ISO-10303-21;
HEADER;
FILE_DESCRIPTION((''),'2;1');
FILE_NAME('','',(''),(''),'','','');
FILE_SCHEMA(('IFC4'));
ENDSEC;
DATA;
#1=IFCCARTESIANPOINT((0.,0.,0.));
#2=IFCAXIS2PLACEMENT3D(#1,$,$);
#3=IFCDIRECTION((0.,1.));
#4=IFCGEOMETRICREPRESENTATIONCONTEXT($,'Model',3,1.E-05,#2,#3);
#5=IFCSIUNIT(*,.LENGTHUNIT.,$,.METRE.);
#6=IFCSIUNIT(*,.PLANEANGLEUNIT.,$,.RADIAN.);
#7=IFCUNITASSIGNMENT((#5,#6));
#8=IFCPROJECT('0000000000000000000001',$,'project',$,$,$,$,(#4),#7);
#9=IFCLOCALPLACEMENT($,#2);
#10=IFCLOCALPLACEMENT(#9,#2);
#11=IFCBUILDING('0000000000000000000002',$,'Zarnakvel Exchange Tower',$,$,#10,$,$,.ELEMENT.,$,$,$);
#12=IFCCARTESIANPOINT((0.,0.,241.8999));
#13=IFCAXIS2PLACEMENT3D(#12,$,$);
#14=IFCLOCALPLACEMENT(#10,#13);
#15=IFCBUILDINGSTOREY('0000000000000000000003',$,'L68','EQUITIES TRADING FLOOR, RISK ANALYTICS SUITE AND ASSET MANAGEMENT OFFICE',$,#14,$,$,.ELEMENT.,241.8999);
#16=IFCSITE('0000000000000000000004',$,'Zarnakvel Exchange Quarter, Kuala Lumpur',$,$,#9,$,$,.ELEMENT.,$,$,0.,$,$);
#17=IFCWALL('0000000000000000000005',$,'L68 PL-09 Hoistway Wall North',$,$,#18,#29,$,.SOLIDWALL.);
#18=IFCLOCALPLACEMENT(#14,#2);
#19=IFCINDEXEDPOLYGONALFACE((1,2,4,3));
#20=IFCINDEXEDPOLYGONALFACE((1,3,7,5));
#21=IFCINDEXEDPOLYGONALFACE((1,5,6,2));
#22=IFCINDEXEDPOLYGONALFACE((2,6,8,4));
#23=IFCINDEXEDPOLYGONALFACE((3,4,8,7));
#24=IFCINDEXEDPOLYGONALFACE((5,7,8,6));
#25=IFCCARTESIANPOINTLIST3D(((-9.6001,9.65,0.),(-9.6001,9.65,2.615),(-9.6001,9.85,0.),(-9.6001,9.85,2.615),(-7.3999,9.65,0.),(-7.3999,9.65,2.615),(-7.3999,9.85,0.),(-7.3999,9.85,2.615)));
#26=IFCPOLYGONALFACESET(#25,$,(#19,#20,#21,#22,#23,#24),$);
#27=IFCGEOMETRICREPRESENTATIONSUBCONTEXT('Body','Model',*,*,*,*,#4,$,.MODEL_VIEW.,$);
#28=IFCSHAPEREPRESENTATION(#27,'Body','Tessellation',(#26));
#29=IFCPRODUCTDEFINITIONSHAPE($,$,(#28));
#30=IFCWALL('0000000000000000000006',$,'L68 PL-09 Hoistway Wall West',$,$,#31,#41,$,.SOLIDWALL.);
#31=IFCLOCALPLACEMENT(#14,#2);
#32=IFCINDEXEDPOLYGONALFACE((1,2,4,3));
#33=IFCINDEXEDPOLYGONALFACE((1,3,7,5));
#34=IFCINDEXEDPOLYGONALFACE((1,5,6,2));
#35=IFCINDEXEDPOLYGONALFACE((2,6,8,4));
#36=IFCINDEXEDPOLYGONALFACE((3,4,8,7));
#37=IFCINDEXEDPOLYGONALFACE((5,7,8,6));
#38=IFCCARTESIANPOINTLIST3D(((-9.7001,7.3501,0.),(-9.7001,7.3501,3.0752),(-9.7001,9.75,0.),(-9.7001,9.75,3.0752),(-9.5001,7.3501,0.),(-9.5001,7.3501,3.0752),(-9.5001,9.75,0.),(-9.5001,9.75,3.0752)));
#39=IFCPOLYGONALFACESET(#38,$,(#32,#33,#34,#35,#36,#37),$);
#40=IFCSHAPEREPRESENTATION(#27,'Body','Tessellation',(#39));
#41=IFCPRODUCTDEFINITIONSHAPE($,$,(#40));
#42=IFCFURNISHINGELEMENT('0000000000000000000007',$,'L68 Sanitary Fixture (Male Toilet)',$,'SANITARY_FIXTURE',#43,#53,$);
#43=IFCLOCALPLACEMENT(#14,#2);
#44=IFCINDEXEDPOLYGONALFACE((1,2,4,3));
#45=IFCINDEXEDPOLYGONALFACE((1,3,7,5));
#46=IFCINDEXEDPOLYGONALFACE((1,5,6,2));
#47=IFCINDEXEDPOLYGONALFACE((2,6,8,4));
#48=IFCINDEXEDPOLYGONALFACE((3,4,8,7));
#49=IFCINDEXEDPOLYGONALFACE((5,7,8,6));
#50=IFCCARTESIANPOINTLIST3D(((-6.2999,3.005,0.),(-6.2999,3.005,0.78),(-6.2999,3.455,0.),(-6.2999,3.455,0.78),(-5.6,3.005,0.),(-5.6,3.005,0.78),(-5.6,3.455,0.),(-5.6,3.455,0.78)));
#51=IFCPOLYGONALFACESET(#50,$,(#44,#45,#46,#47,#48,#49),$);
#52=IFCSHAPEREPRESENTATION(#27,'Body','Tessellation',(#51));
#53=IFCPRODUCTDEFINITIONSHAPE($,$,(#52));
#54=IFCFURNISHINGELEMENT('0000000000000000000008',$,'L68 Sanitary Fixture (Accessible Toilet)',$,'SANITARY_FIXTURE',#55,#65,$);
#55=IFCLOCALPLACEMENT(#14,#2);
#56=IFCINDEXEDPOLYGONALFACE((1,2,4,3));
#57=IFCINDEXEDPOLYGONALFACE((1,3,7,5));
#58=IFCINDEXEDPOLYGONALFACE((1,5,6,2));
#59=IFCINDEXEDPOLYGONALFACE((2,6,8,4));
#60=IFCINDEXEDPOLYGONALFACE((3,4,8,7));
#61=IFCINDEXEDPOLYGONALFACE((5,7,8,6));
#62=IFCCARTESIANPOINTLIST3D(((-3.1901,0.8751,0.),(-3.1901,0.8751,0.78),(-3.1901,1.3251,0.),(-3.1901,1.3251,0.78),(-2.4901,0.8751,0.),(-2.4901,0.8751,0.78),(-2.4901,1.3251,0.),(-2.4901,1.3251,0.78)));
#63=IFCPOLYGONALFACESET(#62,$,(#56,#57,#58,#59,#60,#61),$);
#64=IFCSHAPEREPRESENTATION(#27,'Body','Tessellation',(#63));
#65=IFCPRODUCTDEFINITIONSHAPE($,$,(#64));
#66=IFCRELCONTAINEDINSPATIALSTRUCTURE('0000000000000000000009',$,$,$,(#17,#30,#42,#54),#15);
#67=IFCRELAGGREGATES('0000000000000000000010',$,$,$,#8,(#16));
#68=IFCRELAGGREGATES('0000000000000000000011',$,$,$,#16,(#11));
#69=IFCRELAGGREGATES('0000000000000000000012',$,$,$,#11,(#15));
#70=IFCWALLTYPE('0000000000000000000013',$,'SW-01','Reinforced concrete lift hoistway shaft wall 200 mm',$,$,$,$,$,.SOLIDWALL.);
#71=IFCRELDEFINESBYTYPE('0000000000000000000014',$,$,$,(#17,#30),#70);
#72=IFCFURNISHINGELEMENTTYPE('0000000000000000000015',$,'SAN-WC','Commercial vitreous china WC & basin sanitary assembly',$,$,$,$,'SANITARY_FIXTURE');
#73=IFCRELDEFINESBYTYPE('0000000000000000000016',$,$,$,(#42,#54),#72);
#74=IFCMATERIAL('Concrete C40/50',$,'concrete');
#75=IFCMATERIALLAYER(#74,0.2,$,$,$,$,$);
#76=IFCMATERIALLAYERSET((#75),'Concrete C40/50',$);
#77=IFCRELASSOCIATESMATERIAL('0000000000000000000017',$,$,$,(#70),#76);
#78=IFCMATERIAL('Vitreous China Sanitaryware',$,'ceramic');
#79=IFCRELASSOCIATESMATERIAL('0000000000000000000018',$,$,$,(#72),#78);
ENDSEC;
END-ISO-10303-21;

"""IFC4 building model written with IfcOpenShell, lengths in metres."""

from ifc_helpers import new_model, si_unit, direction, frame, frame_2d, origin, origin_2d, place, context, subcontext, project, spatial, rectangle, extrude, source, transform, mapped, material, layer, layer_set, type_object, element, save


model = new_model("IFC4")

# Units and contexts
model_context = context("Model", 3, precision=1e-05, world=origin(), true_north=direction((0.0, 1.0)))
body_context = subcontext(model_context, "Body", "Model", "MODEL_VIEW")
ifc_project = project(units=[si_unit("LENGTHUNIT", "METRE"), si_unit("PLANEANGLEUNIT", "RADIAN")], contexts=[model_context])

# Site, building, storey
site_placement = place(None, origin())
site = spatial("IfcSite", under=ifc_project, at=site_placement, Name="Zarnakvel Exchange Quarter, Kuala Lumpur", CompositionType="ELEMENT", RefElevation=0.0)
building_placement = place(site_placement, origin())
building = spatial("IfcBuilding", under=site, at=building_placement, Name="Zarnakvel Exchange Tower", CompositionType="ELEMENT")
storey_placement = place(building_placement, frame((0.0, 0.0, 241.8999)))
storey = spatial("IfcBuildingStorey", under=building, at=storey_placement, Name="L68", Description="EQUITIES TRADING FLOOR, RISK ANALYTICS SUITE AND ASSET MANAGEMENT OFFICE", CompositionType="ELEMENT", Elevation=241.8999)

# Shared definitions
ifc_material_1 = material(Name="Concrete C40/50", Category="concrete")

# Shared definitions
ifc_layer_1 = layer(ifc_material_1, 0.2)
ifc_layer_set_1 = layer_set([ifc_layer_1], Name="Concrete C40/50")
wall_type_1 = type_object("IfcWallType", Name="SW-01", Description="Reinforced concrete lift hoistway shaft wall 200 mm", PredefinedType="SOLIDWALL", material=ifc_layer_set_1)

# Walls
for number, where, z_axis, x_axis, name in (
    (1, (-9.6001, 9.75, 0.0), (0.0, 0.0, 1.0), (1.0, 0.0, 0.0), "L68 PL-09 Hoistway Wall North"),
):
    element("IfcWall", number, at=place(storey_placement, frame(where, z_axis=z_axis, x_axis=x_axis)), inside=storey, type_object=wall_type_1, Name=name, PredefinedType="SOLIDWALL", context=body_context, shape_type="SweptSolid", body=[
        extrude(rectangle(XDim=2.2002, YDim=0.2, at=frame_2d((1.1001, 0.0))), origin(), (0.0, 0.0, 1.0), 2.615),
    ])
wall_1_placement = place(storey_placement, frame((-9.6001, 7.3501, 0.0), z_axis=(0.0, 0.0, 1.0), x_axis=(0.0, 1.0, 0.0)))
element("IfcWall", 2, at=wall_1_placement, inside=storey, type_object=wall_type_1, Name="L68 PL-09 Hoistway Wall West", PredefinedType="SOLIDWALL", context=body_context, shape_type="SweptSolid", body=[
    extrude(rectangle(XDim=2.3999, YDim=0.2, at=frame_2d((1.2, 0.0))), origin(), (0.0, 0.0, 1.0), 3.0752),
])

# Furnishing elements
ifc_material_2 = material(Name="Vitreous China Sanitaryware", Category="ceramic")
furnishing_element_type = type_object("IfcFurnishingElementType", Name="SAN-WC", Description="Commercial vitreous china WC & basin sanitary assembly", ElementType="SANITARY_FIXTURE", material=ifc_material_2)
shared_shape_1 = source(origin(), body_context, "Body", "SweptSolid", [
    extrude(rectangle(XDim=0.7, YDim=0.45, at=origin_2d()), origin(), (0.0, 0.0, 1.0), 0.78),
])
for number, where, z_axis, x_axis, name in (
    (3, (-5.95, 3.23, 0.0), (0.0, 0.0, 1.0), (1.0, 0.0, 0.0), "L68 Sanitary Fixture (Male Toilet)"),
    (4, (-2.8401, 1.1001, 0.0), (0.0, 0.0, 1.0), (1.0, 0.0, 0.0), "L68 Sanitary Fixture (Accessible Toilet)"),
):
    element("IfcFurnishingElement", number, at=place(storey_placement, frame(where, z_axis=z_axis, x_axis=x_axis)), inside=storey, type_object=furnishing_element_type, Name=name, ObjectType="SANITARY_FIXTURE", context=body_context, shape_type="MappedRepresentation", body=[
        mapped(shared_shape_1, transform((0.0, 0.0, 0.0), x_axis=(1.0, 0.0, 0.0), y_axis=(0.0, 1.0, 0.0), z_axis=(0.0, 0.0, 1.0), scale=1.0)),
    ])

save(model, "model.ifc")
